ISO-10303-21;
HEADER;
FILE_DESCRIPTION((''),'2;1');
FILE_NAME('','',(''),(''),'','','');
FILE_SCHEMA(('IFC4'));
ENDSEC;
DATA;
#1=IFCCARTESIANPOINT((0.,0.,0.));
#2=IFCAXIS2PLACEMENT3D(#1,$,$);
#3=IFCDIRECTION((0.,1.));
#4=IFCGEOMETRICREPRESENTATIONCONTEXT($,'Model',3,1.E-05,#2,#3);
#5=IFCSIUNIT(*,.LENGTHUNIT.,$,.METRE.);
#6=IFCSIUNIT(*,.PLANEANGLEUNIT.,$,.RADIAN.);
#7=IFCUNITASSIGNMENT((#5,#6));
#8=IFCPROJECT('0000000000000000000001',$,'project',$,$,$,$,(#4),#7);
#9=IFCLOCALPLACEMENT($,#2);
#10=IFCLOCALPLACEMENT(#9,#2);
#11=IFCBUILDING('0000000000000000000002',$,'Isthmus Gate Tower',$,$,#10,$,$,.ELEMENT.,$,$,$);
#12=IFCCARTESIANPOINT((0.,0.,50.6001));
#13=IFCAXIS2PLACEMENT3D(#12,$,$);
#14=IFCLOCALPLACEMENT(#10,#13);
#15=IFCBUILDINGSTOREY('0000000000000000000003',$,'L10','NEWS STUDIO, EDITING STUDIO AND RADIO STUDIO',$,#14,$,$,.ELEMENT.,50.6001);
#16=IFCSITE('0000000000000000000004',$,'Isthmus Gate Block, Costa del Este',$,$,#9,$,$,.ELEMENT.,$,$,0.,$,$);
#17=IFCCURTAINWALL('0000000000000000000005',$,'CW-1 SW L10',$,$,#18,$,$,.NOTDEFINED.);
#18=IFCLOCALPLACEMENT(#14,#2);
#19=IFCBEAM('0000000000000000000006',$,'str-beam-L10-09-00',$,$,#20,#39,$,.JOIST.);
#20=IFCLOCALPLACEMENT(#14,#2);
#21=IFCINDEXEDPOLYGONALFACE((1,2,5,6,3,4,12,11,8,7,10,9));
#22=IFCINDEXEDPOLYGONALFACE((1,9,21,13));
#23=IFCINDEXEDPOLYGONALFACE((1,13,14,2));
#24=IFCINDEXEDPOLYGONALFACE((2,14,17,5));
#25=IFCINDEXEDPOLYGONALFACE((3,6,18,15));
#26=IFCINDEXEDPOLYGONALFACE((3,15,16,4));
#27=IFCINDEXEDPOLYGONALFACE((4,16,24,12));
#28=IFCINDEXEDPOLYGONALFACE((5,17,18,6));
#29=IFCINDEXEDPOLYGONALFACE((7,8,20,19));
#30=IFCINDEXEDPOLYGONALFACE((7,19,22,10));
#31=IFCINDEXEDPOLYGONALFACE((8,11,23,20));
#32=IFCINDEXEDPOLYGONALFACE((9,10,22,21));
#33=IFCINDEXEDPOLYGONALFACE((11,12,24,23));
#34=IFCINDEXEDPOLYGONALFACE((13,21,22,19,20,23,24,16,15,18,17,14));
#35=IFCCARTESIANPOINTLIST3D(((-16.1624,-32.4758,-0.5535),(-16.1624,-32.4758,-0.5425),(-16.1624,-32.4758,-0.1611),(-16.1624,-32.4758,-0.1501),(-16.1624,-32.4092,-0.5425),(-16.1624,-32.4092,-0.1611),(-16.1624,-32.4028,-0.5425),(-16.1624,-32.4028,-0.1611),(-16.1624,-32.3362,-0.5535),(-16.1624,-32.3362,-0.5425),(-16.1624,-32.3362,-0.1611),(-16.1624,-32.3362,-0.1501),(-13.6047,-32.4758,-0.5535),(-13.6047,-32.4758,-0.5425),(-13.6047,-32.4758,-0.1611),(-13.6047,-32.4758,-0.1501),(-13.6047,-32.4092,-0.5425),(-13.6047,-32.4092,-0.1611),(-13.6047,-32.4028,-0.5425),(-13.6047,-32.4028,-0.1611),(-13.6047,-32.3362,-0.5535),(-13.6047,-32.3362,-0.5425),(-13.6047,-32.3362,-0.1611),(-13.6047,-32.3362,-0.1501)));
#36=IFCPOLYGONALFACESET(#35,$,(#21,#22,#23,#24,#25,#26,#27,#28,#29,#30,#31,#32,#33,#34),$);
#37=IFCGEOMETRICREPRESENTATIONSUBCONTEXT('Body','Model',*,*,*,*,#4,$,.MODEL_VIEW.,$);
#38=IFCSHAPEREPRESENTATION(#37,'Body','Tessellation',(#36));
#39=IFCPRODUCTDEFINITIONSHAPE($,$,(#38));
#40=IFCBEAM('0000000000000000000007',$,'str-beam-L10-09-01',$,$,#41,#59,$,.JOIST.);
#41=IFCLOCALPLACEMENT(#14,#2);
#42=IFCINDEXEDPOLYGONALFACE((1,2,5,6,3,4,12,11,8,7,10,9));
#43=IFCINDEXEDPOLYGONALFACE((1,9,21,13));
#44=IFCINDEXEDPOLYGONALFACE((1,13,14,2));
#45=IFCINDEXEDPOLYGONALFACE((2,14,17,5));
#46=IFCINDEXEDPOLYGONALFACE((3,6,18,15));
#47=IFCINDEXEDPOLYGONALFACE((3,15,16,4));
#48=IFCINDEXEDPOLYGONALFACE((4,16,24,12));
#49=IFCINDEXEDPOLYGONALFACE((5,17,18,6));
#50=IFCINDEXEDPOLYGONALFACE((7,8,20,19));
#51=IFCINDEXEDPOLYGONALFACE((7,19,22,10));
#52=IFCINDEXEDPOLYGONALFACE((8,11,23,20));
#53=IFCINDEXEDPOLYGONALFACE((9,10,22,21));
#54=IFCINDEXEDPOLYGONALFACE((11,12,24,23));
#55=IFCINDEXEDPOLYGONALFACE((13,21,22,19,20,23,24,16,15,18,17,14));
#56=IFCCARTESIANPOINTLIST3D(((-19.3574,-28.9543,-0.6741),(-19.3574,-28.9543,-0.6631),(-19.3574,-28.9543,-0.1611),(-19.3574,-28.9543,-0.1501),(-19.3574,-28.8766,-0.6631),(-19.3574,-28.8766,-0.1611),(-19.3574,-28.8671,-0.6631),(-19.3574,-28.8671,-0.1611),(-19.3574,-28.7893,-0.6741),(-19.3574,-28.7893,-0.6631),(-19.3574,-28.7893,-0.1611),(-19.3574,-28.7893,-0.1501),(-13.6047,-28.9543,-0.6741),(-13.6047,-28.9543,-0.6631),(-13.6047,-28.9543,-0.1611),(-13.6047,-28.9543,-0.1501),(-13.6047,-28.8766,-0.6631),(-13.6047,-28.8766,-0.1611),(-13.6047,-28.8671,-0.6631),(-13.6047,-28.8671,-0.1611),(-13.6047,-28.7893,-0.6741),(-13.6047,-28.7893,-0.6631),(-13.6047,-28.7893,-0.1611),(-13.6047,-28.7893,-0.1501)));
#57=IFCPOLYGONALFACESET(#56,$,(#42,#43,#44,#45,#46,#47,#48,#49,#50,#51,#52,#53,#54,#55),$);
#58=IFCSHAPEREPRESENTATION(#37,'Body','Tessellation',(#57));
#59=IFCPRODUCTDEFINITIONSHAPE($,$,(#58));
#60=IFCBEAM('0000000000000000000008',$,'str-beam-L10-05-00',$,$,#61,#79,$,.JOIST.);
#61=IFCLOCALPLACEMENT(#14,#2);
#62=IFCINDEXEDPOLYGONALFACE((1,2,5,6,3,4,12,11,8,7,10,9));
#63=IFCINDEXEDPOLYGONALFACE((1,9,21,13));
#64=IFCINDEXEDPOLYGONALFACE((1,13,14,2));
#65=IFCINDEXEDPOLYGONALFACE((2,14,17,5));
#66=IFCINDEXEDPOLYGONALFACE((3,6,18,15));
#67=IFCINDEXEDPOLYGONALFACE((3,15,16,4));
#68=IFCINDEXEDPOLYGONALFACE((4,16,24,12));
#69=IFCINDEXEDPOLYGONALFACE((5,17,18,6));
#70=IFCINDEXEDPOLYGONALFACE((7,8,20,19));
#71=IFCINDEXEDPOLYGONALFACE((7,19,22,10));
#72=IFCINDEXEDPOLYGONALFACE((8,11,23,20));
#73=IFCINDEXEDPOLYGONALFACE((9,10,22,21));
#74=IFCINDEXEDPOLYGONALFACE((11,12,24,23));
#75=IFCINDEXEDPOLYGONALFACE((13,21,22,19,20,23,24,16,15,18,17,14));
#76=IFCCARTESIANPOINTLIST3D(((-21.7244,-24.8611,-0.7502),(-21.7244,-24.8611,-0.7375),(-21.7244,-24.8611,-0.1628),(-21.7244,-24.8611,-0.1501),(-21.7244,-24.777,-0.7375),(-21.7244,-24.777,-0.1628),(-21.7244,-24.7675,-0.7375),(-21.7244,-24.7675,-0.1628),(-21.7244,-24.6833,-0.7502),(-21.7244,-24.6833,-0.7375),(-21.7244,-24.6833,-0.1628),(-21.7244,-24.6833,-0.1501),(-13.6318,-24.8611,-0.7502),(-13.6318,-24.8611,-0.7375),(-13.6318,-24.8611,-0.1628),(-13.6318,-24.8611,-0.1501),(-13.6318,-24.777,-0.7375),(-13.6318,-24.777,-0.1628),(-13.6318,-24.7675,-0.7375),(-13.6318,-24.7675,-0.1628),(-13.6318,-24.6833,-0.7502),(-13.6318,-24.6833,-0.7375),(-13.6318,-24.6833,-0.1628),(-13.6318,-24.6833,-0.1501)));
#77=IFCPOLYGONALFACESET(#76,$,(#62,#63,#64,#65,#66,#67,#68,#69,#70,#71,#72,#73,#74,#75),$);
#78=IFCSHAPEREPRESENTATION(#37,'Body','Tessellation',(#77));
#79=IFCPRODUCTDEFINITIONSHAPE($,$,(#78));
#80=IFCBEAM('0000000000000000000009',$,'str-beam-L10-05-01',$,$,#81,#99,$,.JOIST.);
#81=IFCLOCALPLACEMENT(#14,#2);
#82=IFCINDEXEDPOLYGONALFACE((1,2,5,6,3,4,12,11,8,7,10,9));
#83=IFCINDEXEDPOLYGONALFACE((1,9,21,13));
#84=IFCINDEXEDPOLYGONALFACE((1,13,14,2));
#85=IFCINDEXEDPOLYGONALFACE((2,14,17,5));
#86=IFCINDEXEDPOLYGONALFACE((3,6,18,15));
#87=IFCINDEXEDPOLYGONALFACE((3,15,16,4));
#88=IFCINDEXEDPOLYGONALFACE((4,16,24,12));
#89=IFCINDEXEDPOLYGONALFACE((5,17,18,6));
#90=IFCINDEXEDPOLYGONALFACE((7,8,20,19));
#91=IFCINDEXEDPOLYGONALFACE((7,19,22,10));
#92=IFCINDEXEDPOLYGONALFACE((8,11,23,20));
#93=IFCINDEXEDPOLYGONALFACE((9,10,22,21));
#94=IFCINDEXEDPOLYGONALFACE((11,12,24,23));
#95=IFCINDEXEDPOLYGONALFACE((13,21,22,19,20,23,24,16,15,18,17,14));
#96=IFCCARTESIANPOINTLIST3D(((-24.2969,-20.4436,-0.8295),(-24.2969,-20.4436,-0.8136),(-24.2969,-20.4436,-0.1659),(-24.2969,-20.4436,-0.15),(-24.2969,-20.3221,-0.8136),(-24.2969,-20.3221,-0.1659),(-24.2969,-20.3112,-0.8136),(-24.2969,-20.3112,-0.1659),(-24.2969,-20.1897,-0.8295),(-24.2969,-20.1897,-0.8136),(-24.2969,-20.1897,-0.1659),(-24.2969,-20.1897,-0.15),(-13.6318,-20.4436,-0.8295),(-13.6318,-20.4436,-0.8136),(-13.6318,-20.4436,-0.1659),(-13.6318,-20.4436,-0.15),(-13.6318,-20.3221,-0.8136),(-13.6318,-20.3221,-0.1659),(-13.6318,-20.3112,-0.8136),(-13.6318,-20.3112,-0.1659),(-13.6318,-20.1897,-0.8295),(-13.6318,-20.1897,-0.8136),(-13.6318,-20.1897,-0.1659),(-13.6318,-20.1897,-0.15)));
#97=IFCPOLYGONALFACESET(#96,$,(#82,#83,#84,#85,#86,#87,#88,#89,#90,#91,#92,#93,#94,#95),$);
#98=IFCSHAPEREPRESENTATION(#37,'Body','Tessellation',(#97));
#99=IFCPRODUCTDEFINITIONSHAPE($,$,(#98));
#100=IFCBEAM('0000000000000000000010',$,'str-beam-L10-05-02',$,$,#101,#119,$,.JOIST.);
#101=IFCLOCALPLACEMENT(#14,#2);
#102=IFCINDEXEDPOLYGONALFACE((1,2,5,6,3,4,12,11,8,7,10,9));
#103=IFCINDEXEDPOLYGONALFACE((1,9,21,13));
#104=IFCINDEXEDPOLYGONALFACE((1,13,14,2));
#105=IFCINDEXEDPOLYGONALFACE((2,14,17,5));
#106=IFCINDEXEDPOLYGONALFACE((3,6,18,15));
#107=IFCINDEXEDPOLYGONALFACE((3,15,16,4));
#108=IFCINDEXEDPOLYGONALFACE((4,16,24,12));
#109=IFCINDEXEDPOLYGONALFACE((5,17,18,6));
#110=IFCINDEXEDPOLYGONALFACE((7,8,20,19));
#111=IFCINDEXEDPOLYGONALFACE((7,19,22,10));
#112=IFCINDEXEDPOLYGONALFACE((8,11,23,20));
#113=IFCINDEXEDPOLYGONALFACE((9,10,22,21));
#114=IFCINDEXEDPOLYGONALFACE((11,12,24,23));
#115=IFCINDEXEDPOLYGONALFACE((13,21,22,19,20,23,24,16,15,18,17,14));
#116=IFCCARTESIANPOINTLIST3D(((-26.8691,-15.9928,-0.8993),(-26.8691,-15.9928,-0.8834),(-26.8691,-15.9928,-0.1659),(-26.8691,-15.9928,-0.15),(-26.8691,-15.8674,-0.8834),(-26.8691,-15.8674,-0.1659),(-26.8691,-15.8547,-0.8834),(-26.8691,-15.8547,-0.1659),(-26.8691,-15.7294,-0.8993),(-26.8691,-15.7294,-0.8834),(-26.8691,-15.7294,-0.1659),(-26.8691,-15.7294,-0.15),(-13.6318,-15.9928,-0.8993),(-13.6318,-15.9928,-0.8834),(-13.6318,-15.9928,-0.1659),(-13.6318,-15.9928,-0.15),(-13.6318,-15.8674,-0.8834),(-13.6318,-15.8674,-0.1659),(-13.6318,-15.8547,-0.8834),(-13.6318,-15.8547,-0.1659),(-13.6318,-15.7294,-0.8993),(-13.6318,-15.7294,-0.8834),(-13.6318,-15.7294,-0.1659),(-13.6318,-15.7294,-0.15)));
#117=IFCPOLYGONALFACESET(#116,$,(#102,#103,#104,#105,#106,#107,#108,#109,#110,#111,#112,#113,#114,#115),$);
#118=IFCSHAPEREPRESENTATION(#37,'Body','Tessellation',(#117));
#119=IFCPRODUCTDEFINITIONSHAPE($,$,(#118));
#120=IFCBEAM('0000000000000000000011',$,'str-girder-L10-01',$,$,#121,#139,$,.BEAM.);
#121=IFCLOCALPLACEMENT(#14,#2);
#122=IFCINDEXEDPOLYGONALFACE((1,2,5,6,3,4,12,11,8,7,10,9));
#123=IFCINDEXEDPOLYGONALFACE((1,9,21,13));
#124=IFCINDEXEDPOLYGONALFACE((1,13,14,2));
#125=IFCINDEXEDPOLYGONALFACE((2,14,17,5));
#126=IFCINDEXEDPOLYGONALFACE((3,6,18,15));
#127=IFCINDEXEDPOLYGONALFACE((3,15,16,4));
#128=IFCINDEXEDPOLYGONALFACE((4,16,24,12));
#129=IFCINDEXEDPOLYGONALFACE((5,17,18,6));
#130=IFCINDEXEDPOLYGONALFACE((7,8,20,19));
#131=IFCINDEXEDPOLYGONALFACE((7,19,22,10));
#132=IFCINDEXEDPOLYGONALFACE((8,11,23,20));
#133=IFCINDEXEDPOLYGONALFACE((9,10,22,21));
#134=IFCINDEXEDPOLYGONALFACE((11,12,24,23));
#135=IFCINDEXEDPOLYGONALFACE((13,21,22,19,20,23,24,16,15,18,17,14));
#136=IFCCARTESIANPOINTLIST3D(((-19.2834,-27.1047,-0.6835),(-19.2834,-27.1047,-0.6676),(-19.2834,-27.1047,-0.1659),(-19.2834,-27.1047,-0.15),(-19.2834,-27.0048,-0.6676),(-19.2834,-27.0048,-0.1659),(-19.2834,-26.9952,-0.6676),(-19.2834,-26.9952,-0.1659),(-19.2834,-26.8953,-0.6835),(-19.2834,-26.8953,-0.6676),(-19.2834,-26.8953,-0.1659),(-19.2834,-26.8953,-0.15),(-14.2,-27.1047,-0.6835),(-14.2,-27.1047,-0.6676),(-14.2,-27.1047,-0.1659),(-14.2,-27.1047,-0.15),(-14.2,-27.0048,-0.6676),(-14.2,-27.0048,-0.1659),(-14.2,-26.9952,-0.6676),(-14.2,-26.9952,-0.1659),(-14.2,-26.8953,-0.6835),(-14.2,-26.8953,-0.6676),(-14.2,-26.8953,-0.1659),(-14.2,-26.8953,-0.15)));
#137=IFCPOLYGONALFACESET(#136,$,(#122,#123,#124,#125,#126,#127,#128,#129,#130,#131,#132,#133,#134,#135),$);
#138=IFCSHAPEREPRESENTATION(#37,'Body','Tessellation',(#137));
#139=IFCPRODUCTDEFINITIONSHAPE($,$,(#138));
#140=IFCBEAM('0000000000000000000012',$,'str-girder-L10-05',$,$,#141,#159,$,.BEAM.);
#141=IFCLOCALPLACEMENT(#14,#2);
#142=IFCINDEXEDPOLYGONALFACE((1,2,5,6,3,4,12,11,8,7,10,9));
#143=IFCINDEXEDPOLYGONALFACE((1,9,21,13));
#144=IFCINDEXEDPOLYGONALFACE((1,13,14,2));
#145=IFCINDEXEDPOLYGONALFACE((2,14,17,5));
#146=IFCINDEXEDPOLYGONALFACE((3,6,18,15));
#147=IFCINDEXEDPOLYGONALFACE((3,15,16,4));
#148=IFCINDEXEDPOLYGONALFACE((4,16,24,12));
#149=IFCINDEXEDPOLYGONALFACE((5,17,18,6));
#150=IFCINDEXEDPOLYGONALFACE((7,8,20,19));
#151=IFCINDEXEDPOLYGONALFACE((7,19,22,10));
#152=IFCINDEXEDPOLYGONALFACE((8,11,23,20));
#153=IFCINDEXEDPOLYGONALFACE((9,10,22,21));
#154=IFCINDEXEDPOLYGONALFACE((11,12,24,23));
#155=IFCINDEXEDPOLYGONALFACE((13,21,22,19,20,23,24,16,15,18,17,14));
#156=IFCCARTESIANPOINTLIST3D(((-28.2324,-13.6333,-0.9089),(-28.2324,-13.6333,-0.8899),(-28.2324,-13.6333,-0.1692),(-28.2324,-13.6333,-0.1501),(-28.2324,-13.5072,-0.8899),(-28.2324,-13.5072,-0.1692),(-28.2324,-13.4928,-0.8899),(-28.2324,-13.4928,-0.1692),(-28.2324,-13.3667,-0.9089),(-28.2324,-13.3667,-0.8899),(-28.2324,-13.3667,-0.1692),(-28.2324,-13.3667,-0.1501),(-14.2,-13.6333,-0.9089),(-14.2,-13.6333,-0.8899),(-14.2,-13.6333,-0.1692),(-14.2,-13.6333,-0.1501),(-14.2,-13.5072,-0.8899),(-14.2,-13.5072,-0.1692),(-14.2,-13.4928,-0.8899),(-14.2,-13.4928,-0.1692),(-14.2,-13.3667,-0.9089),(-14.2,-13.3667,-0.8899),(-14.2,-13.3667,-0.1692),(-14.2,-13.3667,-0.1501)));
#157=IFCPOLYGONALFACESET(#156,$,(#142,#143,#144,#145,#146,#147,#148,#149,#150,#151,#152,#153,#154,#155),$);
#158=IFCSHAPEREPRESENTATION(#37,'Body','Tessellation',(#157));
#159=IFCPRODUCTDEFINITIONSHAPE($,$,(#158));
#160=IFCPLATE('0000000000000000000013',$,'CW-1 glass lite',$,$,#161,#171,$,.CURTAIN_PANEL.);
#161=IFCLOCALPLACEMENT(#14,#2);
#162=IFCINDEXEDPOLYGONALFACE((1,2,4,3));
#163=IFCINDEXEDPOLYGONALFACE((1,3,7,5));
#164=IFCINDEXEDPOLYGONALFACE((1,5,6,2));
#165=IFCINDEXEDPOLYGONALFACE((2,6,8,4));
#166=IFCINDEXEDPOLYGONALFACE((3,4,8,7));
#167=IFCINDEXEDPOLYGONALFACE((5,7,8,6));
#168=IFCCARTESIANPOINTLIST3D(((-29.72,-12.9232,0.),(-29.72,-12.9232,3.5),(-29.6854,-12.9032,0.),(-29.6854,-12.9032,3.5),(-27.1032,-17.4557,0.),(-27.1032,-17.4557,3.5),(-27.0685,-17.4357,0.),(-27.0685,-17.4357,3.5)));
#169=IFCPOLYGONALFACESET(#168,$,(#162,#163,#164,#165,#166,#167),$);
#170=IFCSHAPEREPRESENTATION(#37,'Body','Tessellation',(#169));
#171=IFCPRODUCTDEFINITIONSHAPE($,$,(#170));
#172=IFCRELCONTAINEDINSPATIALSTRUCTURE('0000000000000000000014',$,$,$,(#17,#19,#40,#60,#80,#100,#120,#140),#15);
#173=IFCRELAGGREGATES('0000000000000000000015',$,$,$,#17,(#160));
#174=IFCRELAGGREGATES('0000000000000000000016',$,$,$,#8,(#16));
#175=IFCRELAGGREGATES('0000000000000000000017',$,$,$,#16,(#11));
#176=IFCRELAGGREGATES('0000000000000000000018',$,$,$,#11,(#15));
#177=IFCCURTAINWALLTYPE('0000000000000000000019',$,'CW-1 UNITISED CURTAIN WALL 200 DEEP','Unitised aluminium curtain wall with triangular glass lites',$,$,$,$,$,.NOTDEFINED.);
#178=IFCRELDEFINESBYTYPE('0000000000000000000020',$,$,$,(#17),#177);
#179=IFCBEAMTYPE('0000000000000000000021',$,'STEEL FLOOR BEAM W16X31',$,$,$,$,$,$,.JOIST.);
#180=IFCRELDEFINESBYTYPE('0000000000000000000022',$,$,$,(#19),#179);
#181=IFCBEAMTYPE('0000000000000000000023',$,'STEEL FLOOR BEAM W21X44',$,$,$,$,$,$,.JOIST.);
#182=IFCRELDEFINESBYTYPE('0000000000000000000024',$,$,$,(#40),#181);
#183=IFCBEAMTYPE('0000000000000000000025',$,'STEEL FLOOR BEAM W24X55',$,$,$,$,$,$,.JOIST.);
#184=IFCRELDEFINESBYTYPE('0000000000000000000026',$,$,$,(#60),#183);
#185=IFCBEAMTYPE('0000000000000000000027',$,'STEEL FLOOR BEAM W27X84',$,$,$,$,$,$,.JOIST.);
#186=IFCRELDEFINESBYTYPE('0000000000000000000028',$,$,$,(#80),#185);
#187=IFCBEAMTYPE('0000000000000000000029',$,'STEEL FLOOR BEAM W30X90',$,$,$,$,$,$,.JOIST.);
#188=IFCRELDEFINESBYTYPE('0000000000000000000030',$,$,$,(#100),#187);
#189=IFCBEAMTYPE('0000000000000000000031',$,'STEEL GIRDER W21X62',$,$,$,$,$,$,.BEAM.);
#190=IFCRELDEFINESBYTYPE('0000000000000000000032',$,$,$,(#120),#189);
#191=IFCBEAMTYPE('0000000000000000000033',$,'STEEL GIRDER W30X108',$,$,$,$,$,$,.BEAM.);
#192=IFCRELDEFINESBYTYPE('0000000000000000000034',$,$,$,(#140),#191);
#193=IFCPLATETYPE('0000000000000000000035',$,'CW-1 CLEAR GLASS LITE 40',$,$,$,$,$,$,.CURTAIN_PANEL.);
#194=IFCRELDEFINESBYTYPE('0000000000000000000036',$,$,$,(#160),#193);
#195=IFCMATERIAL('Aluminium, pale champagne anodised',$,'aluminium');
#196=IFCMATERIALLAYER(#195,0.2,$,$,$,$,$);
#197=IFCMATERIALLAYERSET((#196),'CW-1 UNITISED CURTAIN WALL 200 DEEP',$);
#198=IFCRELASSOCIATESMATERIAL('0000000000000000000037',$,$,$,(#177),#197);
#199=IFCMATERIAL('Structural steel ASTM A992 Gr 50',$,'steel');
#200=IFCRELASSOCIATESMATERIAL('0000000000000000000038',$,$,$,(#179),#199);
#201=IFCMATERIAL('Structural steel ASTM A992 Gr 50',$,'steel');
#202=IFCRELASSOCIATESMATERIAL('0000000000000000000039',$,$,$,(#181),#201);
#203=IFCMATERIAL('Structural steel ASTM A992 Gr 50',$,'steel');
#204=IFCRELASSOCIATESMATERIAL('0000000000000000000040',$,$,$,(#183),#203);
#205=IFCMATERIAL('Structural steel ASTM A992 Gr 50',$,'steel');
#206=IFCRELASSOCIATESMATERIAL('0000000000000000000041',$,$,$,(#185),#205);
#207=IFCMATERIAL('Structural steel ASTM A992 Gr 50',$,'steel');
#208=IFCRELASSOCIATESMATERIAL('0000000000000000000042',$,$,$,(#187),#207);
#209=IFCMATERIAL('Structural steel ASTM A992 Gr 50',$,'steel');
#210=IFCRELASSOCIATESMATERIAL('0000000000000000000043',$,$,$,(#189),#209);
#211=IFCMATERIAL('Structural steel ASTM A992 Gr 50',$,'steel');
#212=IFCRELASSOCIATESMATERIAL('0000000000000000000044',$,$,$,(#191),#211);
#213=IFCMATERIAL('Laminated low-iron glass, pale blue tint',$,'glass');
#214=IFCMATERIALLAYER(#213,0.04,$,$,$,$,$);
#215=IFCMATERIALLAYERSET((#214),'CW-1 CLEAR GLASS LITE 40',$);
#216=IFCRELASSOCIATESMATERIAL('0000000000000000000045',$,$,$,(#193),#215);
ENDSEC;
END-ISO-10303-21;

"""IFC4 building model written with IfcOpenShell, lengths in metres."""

from ifc_helpers import new_model, si_unit, direction, frame, origin, origin_2d, place, context, subcontext, project, spatial, rectangle, i_section, extrude, material, layer, layer_set, material_profile, profile_set, type_object, element, aggregate, save


model = new_model("IFC4")

# Units and contexts
model_context = context("Model", 3, precision=1e-05, world=origin(), true_north=direction((0.0, 1.0)))
body_context = subcontext(model_context, "Body", "Model", "MODEL_VIEW")
ifc_project = project(units=[si_unit("LENGTHUNIT", "METRE"), si_unit("PLANEANGLEUNIT", "RADIAN")], contexts=[model_context])

# Site, building, storey
site_placement = place(None, origin())
site = spatial("IfcSite", under=ifc_project, at=site_placement, Name="Isthmus Gate Block, Costa del Este", CompositionType="ELEMENT", RefElevation=0.0)
building_placement = place(site_placement, origin())
building = spatial("IfcBuilding", under=site, at=building_placement, Name="Isthmus Gate Tower", CompositionType="ELEMENT")
storey_placement = place(building_placement, frame((0.0, 0.0, 50.6001)))
storey = spatial("IfcBuildingStorey", under=building, at=storey_placement, Name="L10", Description="NEWS STUDIO, EDITING STUDIO AND RADIO STUDIO", CompositionType="ELEMENT", Elevation=50.6001)

# Curtain wall
ifc_material_1 = material(Name="Aluminium, pale champagne anodised", Category="aluminium")
ifc_layer_1 = layer(ifc_material_1, 0.2)
ifc_layer_set_1 = layer_set([ifc_layer_1], Name="CW-1 UNITISED CURTAIN WALL 200 DEEP")
curtain_wall_type = type_object("IfcCurtainWallType", Name="CW-1 UNITISED CURTAIN WALL 200 DEEP", Description="Unitised aluminium curtain wall with triangular glass lites", PredefinedType="NOTDEFINED", material=ifc_layer_set_1)
curtain_wall_1_placement = place(storey_placement, origin())
curtain_wall_1 = element("IfcCurtainWall", 1, at=curtain_wall_1_placement, inside=storey, type_object=curtain_wall_type, Name="CW-1 SW L10", PredefinedType="NOTDEFINED")

# Beams
ifc_material_2 = material(Name="Structural steel ASTM A992 Gr 50", Category="steel")
ifc_material_profile_1 = material_profile(ifc_material_2, i_section(OverallWidth=0.1396, OverallDepth=0.4033, WebThickness=0.0063, FlangeThickness=0.011, at=origin_2d()), Name="W16X31")
ifc_profile_set_1 = profile_set([ifc_material_profile_1], Name="Structural steel ASTM A992 Gr 50")
beam_type_1 = type_object("IfcBeamType", Name="STEEL FLOOR BEAM W16X31", PredefinedType="JOIST", material=ifc_profile_set_1)
beam_1_placement = place(storey_placement, frame((-16.1624, -32.406, -0.3518), z_axis=(1.0, 0.0, 0.0), x_axis=(0.0, 1.0, 0.0)))
element("IfcBeam", 2, at=beam_1_placement, inside=storey, type_object=beam_type_1, Name="str-beam-L10-09-00", PredefinedType="JOIST", context=body_context, shape_type="SweptSolid", body=[
    extrude(i_section(OverallWidth=0.1396, OverallDepth=0.4033, WebThickness=0.0063, FlangeThickness=0.011, at=origin_2d()), origin(), (0.0, 0.0, 1.0), 2.5576),
])
ifc_material_3 = material(Name="Structural steel ASTM A992 Gr 50", Category="steel")
ifc_material_profile_2 = material_profile(ifc_material_3, i_section(OverallWidth=0.165, OverallDepth=0.5239, WebThickness=0.0095, FlangeThickness=0.011, at=origin_2d()), Name="W21X44")
ifc_profile_set_2 = profile_set([ifc_material_profile_2], Name="Structural steel ASTM A992 Gr 50")
beam_type_2 = type_object("IfcBeamType", Name="STEEL FLOOR BEAM W21X44", PredefinedType="JOIST", material=ifc_profile_set_2)
beam_2_placement = place(storey_placement, frame((-19.3574, -28.8718, -0.4121), z_axis=(1.0, 0.0, 0.0), x_axis=(0.0, 1.0, 0.0)))
element("IfcBeam", 3, at=beam_2_placement, inside=storey, type_object=beam_type_2, Name="str-beam-L10-09-01", PredefinedType="JOIST", context=body_context, shape_type="SweptSolid", body=[
    extrude(i_section(OverallWidth=0.165, OverallDepth=0.5239, WebThickness=0.0095, FlangeThickness=0.011, at=origin_2d()), origin(), (0.0, 0.0, 1.0), 5.7527),
])
ifc_material_4 = material(Name="Structural steel ASTM A992 Gr 50", Category="steel")
ifc_material_profile_3 = material_profile(ifc_material_4, i_section(OverallWidth=0.1777, OverallDepth=0.6001, WebThickness=0.0095, FlangeThickness=0.0127, at=origin_2d()), Name="W24X55")
ifc_profile_set_3 = profile_set([ifc_material_profile_3], Name="Structural steel ASTM A992 Gr 50")
beam_type_3 = type_object("IfcBeamType", Name="STEEL FLOOR BEAM W24X55", PredefinedType="JOIST", material=ifc_profile_set_3)
beam_3_placement = place(storey_placement, frame((-21.7244, -24.7722, -0.4502), z_axis=(1.0, 0.0, 0.0), x_axis=(0.0, 1.0, 0.0)))
element("IfcBeam", 4, at=beam_3_placement, inside=storey, type_object=beam_type_3, Name="str-beam-L10-05-00", PredefinedType="JOIST", context=body_context, shape_type="SweptSolid", body=[
    extrude(i_section(OverallWidth=0.1777, OverallDepth=0.6001, WebThickness=0.0095, FlangeThickness=0.0127, at=origin_2d()), origin(), (0.0, 0.0, 1.0), 8.0925),
])
ifc_material_5 = material(Name="Structural steel ASTM A992 Gr 50", Category="steel")
ifc_material_profile_4 = material_profile(ifc_material_5, i_section(OverallWidth=0.2539, OverallDepth=0.6794, WebThickness=0.011, FlangeThickness=0.0159, at=origin_2d()), Name="W27X84")
ifc_profile_set_4 = profile_set([ifc_material_profile_4], Name="Structural steel ASTM A992 Gr 50")
beam_type_4 = type_object("IfcBeamType", Name="STEEL FLOOR BEAM W27X84", PredefinedType="JOIST", material=ifc_profile_set_4)
beam_4_placement = place(storey_placement, frame((-24.2969, -20.3167, -0.4897), z_axis=(1.0, 0.0, 0.0), x_axis=(0.0, 1.0, 0.0)))
element("IfcBeam", 5, at=beam_4_placement, inside=storey, type_object=beam_type_4, Name="str-beam-L10-05-01", PredefinedType="JOIST", context=body_context, shape_type="SweptSolid", body=[
    extrude(i_section(OverallWidth=0.2539, OverallDepth=0.6794, WebThickness=0.011, FlangeThickness=0.0159, at=origin_2d()), origin(), (0.0, 0.0, 1.0), 10.665),
])
ifc_material_6 = material(Name="Structural steel ASTM A992 Gr 50", Category="steel")
ifc_material_profile_5 = material_profile(ifc_material_6, i_section(OverallWidth=0.2634, OverallDepth=0.7493, WebThickness=0.0127, FlangeThickness=0.0159, at=origin_2d()), Name="W30X90")
ifc_profile_set_5 = profile_set([ifc_material_profile_5], Name="Structural steel ASTM A992 Gr 50")
beam_type_5 = type_object("IfcBeamType", Name="STEEL FLOOR BEAM W30X90", PredefinedType="JOIST", material=ifc_profile_set_5)
beam_5_placement = place(storey_placement, frame((-26.8691, -15.8611, -0.5247), z_axis=(1.0, 0.0, 0.0), x_axis=(0.0, 1.0, 0.0)))
element("IfcBeam", 6, at=beam_5_placement, inside=storey, type_object=beam_type_5, Name="str-beam-L10-05-02", PredefinedType="JOIST", context=body_context, shape_type="SweptSolid", body=[
    extrude(i_section(OverallWidth=0.2634, OverallDepth=0.7493, WebThickness=0.0127, FlangeThickness=0.0159, at=origin_2d()), origin(), (0.0, 0.0, 1.0), 13.2373),
])
ifc_material_7 = material(Name="Structural steel ASTM A992 Gr 50", Category="steel")
ifc_material_profile_6 = material_profile(ifc_material_7, i_section(OverallWidth=0.2095, OverallDepth=0.5334, WebThickness=0.0095, FlangeThickness=0.0159, at=origin_2d()), Name="W21X62")
ifc_profile_set_6 = profile_set([ifc_material_profile_6], Name="Structural steel ASTM A992 Gr 50")
beam_type_6 = type_object("IfcBeamType", Name="STEEL GIRDER W21X62", PredefinedType="BEAM", material=ifc_profile_set_6)
beam_6_placement = place(storey_placement, frame((-19.2834, -27.0, -0.4167), z_axis=(1.0, 0.0, 0.0), x_axis=(0.0, 1.0, 0.0)))
element("IfcBeam", 7, at=beam_6_placement, inside=storey, type_object=beam_type_6, Name="str-girder-L10-01", PredefinedType="BEAM", context=body_context, shape_type="SweptSolid", body=[
    extrude(i_section(OverallWidth=0.2095, OverallDepth=0.5334, WebThickness=0.0095, FlangeThickness=0.0159, at=origin_2d()), origin(), (0.0, 0.0, 1.0), 5.0835),
])
ifc_material_8 = material(Name="Structural steel ASTM A992 Gr 50", Category="steel")
ifc_material_profile_7 = material_profile(ifc_material_8, i_section(OverallWidth=0.2666, OverallDepth=0.7588, WebThickness=0.0144, FlangeThickness=0.019, at=origin_2d()), Name="W30X108")
ifc_profile_set_7 = profile_set([ifc_material_profile_7], Name="Structural steel ASTM A992 Gr 50")
beam_type_7 = type_object("IfcBeamType", Name="STEEL GIRDER W30X108", PredefinedType="BEAM", material=ifc_profile_set_7)
beam_7_placement = place(storey_placement, frame((-28.2324, -13.5, -0.5295), z_axis=(1.0, 0.0, 0.0), x_axis=(0.0, 1.0, 0.0)))
element("IfcBeam", 8, at=beam_7_placement, inside=storey, type_object=beam_type_7, Name="str-girder-L10-05", PredefinedType="BEAM", context=body_context, shape_type="SweptSolid", body=[
    extrude(i_section(OverallWidth=0.2666, OverallDepth=0.7588, WebThickness=0.0144, FlangeThickness=0.019, at=origin_2d()), origin(), (0.0, 0.0, 1.0), 14.0325),
])

# Plate
ifc_material_9 = material(Name="Laminated low-iron glass, pale blue tint", Category="glass")
ifc_layer_2 = layer(ifc_material_9, 0.04)
ifc_layer_set_2 = layer_set([ifc_layer_2], Name="CW-1 CLEAR GLASS LITE 40")
plate_type = type_object("IfcPlateType", Name="CW-1 CLEAR GLASS LITE 40", PredefinedType="CURTAIN_PANEL", material=ifc_layer_set_2)
plate_1_placement = place(storey_placement, frame((-28.3943, -15.1794, 0.0), z_axis=(0.0, 0.0, 1.0), x_axis=(0.5, -0.866025, 0.0)))
plate_1 = element("IfcPlate", 9, at=plate_1_placement, type_object=plate_type, Name="CW-1 glass lite", PredefinedType="CURTAIN_PANEL", context=body_context, shape_type="SweptSolid", body=[
    extrude(rectangle(XDim=5.2336, YDim=0.04, at=origin_2d()), origin(), (0.0, 0.0, 1.0), 3.5),
])
aggregate(curtain_wall_1, [plate_1])

save(model, "model.ifc")
